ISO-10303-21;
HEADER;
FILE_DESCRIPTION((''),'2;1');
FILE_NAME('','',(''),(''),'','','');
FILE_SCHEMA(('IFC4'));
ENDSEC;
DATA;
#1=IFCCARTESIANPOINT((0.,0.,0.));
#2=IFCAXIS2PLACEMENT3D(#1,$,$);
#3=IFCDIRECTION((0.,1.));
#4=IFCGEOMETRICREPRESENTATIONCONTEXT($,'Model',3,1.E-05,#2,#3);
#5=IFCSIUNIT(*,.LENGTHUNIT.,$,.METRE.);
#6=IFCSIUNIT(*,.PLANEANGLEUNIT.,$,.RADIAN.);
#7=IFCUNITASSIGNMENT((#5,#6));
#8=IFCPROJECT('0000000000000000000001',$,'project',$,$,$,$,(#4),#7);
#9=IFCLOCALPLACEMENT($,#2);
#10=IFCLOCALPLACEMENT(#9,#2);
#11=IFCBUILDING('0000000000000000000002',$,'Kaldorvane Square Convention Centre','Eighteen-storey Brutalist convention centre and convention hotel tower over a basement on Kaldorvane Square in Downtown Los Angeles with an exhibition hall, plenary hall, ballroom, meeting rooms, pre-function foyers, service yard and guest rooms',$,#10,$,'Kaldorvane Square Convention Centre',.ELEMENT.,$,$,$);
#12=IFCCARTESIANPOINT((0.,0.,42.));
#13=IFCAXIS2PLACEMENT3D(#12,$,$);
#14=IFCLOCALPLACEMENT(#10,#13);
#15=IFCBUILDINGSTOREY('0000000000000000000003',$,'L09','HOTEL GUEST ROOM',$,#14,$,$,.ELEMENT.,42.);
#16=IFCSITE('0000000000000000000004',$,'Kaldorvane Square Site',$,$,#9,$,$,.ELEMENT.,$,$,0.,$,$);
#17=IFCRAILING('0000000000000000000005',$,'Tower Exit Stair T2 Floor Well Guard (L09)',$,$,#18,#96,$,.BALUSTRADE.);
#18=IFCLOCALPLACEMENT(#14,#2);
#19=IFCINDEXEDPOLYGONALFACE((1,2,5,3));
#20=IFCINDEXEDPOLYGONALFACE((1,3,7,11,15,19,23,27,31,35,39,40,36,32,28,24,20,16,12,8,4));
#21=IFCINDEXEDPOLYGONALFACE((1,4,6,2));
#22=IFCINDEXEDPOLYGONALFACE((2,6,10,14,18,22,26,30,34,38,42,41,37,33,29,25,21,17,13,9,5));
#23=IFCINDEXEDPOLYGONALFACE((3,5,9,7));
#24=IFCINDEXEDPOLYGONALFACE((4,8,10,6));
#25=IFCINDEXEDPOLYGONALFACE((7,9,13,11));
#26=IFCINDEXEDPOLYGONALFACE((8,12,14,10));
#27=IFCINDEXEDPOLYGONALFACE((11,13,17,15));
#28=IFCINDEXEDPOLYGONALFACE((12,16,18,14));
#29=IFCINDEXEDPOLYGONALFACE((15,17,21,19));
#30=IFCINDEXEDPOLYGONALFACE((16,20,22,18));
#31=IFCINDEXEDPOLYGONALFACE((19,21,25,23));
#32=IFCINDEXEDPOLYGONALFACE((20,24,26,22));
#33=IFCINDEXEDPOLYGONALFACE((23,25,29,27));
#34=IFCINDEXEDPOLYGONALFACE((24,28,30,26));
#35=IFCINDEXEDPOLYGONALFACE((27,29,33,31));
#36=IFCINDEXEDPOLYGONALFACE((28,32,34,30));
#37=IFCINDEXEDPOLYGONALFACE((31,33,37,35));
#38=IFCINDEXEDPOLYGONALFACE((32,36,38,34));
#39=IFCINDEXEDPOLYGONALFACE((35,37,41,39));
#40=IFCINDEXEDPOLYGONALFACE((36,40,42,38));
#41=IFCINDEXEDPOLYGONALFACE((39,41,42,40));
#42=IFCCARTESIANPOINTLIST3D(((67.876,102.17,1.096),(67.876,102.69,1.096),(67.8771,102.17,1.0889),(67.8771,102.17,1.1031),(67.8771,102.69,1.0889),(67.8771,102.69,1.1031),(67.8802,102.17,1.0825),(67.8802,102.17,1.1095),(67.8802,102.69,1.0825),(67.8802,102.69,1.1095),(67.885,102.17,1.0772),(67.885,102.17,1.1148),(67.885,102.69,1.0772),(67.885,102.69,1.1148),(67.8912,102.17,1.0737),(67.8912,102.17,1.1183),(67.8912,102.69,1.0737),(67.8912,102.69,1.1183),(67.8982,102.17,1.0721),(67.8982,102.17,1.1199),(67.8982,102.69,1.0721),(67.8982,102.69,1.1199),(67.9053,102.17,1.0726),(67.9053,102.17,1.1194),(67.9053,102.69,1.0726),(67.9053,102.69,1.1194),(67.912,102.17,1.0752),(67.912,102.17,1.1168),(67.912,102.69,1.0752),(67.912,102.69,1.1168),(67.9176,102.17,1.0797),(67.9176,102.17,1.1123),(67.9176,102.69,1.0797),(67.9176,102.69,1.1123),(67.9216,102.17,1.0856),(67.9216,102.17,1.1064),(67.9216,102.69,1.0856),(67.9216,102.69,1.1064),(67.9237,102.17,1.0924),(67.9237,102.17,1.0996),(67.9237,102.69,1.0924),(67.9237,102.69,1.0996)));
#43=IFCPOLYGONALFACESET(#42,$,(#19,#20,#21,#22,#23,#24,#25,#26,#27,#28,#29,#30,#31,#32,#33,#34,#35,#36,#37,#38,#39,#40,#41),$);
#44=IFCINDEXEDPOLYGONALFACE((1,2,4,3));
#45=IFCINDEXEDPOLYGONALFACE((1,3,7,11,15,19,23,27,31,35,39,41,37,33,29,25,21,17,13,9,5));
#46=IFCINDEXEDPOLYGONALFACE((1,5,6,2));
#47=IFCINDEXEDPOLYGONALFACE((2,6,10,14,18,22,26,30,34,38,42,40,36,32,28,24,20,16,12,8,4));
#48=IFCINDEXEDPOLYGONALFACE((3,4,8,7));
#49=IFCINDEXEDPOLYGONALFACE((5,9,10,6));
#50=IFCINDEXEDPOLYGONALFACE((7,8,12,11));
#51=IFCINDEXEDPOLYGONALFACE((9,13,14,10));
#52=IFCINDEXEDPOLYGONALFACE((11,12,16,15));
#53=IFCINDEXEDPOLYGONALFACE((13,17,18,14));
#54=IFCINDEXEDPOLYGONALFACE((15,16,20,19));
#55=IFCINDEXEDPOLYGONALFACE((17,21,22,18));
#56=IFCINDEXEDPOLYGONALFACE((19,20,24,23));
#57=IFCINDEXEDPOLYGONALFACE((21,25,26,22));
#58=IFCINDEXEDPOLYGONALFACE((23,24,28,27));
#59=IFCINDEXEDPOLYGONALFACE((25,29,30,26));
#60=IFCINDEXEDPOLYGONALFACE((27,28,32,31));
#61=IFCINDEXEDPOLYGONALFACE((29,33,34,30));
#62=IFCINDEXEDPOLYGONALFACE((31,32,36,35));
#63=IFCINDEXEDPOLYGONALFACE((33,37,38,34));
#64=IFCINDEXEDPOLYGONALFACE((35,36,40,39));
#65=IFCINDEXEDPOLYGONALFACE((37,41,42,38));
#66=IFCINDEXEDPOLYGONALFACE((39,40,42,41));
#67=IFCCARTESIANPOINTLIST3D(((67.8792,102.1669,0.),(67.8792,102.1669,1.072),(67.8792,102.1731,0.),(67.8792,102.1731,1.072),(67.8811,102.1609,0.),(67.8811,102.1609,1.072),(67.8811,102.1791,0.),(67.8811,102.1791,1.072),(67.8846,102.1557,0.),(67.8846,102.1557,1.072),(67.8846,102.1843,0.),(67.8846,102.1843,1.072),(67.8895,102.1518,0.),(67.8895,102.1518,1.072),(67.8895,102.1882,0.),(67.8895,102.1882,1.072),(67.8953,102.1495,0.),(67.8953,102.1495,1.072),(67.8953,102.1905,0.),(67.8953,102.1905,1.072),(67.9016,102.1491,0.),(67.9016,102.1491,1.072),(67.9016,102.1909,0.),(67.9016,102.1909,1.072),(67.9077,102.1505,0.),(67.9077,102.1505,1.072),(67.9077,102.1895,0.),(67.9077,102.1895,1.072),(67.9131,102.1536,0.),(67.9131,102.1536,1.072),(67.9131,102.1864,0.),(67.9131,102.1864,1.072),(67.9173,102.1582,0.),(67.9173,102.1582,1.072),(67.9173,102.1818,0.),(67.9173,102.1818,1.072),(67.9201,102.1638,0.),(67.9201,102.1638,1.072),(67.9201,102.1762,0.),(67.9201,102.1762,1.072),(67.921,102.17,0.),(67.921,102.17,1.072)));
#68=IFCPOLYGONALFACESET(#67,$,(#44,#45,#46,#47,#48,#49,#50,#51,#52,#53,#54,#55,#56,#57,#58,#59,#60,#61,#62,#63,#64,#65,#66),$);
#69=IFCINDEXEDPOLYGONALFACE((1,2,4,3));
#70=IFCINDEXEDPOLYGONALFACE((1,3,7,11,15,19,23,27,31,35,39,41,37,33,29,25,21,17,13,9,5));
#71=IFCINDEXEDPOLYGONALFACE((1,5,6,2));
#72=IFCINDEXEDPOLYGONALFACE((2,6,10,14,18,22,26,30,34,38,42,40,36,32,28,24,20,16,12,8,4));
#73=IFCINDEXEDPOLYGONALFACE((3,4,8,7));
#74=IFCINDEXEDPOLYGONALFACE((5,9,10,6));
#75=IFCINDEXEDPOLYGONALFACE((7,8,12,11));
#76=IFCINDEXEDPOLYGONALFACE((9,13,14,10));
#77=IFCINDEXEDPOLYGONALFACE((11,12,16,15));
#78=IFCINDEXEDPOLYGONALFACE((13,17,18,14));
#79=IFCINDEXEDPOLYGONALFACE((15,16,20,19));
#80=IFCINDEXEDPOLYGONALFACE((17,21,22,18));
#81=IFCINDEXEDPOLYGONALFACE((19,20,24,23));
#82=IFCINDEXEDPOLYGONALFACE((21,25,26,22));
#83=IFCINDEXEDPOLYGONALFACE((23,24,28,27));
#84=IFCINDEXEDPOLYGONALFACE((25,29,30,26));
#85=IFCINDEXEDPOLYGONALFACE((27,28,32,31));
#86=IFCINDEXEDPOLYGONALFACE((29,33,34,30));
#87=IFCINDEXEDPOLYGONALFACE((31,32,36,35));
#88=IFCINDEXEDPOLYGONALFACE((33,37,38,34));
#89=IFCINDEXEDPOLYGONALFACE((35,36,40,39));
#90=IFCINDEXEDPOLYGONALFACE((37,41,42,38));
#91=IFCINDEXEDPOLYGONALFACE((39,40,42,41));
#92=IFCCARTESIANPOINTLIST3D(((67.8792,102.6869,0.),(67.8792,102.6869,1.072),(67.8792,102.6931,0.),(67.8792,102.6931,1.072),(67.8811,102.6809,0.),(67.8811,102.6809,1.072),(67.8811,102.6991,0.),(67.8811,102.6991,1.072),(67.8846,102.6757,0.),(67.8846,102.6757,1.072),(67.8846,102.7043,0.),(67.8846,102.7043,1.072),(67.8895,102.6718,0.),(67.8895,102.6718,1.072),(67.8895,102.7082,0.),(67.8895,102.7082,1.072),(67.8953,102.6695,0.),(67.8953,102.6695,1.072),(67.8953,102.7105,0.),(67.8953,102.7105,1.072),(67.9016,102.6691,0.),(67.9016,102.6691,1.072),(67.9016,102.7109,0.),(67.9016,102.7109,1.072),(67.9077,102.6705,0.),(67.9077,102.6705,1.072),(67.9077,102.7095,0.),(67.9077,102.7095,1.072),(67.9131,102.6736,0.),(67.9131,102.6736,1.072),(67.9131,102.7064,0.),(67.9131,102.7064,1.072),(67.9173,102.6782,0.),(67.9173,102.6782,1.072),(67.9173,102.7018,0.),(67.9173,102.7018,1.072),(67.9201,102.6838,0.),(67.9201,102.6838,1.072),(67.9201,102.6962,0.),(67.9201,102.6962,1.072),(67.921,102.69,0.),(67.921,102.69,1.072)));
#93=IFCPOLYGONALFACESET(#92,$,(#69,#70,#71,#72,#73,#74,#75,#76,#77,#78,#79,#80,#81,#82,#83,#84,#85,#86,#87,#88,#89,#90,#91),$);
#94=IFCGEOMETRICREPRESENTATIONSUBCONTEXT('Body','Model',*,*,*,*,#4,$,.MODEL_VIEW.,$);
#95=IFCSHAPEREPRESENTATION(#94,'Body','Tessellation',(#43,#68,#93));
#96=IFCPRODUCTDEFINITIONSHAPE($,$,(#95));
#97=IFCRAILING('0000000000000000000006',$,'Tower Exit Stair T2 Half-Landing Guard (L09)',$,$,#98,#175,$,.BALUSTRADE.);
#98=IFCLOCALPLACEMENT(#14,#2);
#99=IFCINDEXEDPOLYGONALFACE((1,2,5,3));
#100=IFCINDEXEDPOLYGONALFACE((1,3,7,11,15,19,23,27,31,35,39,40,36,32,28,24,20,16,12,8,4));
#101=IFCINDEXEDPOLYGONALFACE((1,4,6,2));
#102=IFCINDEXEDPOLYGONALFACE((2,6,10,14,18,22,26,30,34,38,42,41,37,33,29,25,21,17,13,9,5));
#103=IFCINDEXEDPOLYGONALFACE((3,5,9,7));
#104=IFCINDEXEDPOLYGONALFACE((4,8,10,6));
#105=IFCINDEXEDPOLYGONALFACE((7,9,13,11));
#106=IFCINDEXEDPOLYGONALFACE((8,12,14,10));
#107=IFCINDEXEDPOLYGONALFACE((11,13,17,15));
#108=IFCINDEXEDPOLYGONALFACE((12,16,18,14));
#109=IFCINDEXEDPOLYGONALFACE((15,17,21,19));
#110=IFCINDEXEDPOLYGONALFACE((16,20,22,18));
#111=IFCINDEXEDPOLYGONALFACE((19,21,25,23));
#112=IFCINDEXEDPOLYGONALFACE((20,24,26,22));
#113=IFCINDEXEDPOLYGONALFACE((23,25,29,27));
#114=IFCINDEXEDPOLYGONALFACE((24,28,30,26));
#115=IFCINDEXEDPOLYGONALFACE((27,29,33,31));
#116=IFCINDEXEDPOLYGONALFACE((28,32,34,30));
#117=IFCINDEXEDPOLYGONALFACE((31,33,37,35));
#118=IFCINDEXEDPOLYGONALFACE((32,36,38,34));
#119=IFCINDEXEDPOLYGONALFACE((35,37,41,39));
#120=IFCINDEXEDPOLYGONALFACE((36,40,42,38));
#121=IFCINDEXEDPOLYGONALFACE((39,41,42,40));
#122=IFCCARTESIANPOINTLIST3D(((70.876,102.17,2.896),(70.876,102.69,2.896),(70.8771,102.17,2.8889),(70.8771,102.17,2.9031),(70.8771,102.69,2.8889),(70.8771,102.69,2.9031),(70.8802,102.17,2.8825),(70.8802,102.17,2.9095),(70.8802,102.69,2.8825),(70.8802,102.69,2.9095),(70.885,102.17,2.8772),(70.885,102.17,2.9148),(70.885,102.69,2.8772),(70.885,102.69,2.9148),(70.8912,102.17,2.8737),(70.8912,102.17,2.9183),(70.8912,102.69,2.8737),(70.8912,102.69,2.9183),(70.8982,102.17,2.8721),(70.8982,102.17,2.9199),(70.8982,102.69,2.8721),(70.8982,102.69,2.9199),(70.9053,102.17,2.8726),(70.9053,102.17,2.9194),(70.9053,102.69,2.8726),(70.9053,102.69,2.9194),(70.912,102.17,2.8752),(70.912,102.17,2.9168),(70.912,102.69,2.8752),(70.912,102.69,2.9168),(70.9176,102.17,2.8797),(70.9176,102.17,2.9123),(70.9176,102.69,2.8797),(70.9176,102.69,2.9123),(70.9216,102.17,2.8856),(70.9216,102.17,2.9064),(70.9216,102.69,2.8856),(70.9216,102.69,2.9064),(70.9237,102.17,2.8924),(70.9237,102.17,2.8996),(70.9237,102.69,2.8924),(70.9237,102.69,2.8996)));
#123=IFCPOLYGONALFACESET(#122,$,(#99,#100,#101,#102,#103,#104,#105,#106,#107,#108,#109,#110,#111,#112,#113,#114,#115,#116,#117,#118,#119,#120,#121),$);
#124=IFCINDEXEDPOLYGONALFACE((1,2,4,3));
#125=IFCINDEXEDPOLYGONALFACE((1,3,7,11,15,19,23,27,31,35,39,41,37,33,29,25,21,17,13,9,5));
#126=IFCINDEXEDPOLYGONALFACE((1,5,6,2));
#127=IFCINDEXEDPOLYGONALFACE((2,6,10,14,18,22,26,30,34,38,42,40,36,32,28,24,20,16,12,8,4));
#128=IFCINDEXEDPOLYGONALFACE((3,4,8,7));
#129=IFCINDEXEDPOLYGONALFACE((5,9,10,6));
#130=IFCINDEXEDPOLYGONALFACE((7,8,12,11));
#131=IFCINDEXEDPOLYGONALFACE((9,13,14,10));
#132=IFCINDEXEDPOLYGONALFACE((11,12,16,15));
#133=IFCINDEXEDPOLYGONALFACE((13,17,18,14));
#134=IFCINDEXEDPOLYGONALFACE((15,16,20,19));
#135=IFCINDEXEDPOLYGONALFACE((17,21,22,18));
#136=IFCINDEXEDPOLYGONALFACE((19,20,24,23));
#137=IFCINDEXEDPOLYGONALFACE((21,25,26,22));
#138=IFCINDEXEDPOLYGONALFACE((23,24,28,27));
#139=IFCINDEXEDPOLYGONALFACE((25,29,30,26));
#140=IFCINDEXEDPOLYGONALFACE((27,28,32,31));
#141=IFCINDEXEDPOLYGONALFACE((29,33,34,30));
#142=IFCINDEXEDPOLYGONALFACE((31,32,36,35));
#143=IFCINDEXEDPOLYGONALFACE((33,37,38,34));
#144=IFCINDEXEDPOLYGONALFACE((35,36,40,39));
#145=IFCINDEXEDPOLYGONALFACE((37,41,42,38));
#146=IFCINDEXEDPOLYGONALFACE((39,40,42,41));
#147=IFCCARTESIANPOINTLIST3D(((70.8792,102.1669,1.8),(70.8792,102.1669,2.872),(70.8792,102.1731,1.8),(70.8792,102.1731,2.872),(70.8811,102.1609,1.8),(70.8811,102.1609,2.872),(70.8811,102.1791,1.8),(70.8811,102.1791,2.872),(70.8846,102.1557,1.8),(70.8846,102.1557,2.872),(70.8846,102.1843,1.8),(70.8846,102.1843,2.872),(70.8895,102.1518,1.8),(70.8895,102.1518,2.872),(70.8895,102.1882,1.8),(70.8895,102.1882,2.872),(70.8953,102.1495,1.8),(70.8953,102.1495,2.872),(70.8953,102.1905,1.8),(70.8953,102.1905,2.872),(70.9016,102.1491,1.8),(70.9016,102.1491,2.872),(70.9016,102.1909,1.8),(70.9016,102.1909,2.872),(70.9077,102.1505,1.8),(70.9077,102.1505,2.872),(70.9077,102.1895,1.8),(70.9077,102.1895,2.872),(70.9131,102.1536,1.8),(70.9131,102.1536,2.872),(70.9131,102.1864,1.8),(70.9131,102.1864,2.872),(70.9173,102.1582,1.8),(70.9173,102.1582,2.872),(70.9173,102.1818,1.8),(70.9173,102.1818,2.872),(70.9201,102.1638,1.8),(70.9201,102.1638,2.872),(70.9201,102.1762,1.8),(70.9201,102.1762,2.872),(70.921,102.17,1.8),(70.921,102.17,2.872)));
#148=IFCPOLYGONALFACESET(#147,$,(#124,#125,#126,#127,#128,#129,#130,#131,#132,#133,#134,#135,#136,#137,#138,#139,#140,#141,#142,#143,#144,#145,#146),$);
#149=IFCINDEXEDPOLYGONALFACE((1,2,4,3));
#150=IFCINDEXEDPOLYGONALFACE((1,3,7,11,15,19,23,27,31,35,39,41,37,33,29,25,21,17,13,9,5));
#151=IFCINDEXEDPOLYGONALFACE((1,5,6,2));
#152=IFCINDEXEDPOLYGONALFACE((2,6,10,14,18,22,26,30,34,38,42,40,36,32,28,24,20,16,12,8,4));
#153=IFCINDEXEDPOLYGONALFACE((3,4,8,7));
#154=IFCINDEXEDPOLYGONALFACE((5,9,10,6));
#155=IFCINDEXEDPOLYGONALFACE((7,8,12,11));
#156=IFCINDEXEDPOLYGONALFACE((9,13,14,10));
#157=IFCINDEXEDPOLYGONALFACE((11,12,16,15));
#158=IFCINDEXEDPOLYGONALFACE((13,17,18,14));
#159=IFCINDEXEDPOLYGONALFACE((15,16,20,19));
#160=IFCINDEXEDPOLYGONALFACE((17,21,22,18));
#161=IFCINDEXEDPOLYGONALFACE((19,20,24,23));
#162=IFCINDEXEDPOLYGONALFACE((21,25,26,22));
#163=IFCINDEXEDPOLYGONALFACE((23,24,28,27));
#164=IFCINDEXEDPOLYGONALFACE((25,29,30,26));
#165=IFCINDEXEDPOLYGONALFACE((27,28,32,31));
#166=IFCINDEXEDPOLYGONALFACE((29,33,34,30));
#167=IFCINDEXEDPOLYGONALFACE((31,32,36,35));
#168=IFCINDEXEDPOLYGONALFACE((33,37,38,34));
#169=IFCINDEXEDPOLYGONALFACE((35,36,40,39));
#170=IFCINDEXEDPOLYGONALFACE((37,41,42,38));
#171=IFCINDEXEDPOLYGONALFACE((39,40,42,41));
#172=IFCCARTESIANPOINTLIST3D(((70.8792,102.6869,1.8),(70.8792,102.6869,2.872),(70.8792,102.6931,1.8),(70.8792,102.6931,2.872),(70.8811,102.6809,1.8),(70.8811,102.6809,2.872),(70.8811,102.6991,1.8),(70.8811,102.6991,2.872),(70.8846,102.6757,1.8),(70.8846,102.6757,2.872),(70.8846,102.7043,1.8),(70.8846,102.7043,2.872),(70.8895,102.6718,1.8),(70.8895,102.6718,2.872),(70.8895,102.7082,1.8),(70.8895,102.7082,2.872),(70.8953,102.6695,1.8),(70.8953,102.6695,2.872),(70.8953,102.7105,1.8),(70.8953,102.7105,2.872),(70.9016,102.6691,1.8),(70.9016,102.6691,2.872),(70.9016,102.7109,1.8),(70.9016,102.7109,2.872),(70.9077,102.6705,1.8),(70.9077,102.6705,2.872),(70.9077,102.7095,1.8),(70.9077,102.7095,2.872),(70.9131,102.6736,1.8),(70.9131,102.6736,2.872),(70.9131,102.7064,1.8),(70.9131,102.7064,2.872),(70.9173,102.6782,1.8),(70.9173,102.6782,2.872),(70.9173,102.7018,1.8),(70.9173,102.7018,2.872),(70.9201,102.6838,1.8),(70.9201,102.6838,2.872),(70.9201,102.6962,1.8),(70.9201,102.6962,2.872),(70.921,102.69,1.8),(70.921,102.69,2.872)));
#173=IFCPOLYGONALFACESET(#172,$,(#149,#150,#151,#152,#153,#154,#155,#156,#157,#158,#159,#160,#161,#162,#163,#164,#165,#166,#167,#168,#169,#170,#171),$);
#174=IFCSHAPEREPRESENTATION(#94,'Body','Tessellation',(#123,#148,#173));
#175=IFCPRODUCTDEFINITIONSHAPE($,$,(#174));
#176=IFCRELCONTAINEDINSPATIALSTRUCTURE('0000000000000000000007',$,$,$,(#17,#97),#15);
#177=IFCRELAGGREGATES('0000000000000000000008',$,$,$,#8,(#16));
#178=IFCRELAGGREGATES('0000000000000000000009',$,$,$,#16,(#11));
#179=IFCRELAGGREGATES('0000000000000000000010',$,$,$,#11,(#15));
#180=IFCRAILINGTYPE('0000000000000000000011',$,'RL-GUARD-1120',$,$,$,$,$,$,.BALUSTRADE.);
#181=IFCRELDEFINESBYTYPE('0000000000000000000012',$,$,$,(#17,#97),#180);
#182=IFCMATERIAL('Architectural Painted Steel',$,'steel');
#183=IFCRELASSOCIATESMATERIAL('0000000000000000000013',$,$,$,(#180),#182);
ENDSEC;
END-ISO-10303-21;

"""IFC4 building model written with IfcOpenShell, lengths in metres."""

from ifc_helpers import new_model, si_unit, direction, frame, origin, origin_2d, place, context, subcontext, project, spatial, circle, extrude, material, type_object, element, save


model = new_model("IFC4")

# Units and contexts
model_context = context("Model", 3, precision=1e-05, world=origin(), true_north=direction((0.0, 1.0)))
body_context = subcontext(model_context, "Body", "Model", "MODEL_VIEW")
ifc_project = project(units=[si_unit("LENGTHUNIT", "METRE"), si_unit("PLANEANGLEUNIT", "RADIAN")], contexts=[model_context])

# Site, building, storey
site_placement = place(None, origin())
site = spatial("IfcSite", under=ifc_project, at=site_placement, Name="Kaldorvane Square Site", CompositionType="ELEMENT", RefElevation=0.0)
building_placement = place(site_placement, origin())
building = spatial("IfcBuilding", under=site, at=building_placement, Name="Kaldorvane Square Convention Centre", Description="Eighteen-storey Brutalist convention centre and convention hotel tower over a basement on Kaldorvane Square in Downtown Los Angeles with an exhibition hall, plenary hall, ballroom, meeting rooms, pre-function foyers, service yard and guest rooms", LongName="Kaldorvane Square Convention Centre", CompositionType="ELEMENT")
storey_placement = place(building_placement, frame((0.0, 0.0, 42.0)))
storey = spatial("IfcBuildingStorey", under=building, at=storey_placement, Name="L09", Description="HOTEL GUEST ROOM", CompositionType="ELEMENT", Elevation=42.0)

# Railings
ifc_material_1 = material(Name="Architectural Painted Steel", Category="steel")
railing_type_1 = type_object("IfcRailingType", Name="RL-GUARD-1120", PredefinedType="BALUSTRADE", material=ifc_material_1)
for number, where, name in (
    (1, (67.9, 102.17, 0.0), "Tower Exit Stair T2 Floor Well Guard (L09)"),
    (2, (70.9, 102.17, 1.8), "Tower Exit Stair T2 Half-Landing Guard (L09)"),
):
    element("IfcRailing", number, at=place(storey_placement, frame(where)), inside=storey, type_object=railing_type_1, Name=name, PredefinedType="BALUSTRADE", context=body_context, shape_type="SweptSolid", body=[
        extrude(circle(Radius=0.024, at=origin_2d()), frame((0.0, 0.0, 1.096), z_axis=(0.0, 1.0, 0.0), x_axis=(-1.0, 0.0, 0.0)), (0.0, 0.0, 1.0), 0.52),
        extrude(circle(Radius=0.021, at=origin_2d()), origin(), (0.0, 0.0, 1.0), 1.072),
        extrude(circle(Radius=0.021, at=origin_2d()), frame((0.0, 0.52, 0.0)), (0.0, 0.0, 1.0), 1.072),
    ])

save(model, "model.ifc")
